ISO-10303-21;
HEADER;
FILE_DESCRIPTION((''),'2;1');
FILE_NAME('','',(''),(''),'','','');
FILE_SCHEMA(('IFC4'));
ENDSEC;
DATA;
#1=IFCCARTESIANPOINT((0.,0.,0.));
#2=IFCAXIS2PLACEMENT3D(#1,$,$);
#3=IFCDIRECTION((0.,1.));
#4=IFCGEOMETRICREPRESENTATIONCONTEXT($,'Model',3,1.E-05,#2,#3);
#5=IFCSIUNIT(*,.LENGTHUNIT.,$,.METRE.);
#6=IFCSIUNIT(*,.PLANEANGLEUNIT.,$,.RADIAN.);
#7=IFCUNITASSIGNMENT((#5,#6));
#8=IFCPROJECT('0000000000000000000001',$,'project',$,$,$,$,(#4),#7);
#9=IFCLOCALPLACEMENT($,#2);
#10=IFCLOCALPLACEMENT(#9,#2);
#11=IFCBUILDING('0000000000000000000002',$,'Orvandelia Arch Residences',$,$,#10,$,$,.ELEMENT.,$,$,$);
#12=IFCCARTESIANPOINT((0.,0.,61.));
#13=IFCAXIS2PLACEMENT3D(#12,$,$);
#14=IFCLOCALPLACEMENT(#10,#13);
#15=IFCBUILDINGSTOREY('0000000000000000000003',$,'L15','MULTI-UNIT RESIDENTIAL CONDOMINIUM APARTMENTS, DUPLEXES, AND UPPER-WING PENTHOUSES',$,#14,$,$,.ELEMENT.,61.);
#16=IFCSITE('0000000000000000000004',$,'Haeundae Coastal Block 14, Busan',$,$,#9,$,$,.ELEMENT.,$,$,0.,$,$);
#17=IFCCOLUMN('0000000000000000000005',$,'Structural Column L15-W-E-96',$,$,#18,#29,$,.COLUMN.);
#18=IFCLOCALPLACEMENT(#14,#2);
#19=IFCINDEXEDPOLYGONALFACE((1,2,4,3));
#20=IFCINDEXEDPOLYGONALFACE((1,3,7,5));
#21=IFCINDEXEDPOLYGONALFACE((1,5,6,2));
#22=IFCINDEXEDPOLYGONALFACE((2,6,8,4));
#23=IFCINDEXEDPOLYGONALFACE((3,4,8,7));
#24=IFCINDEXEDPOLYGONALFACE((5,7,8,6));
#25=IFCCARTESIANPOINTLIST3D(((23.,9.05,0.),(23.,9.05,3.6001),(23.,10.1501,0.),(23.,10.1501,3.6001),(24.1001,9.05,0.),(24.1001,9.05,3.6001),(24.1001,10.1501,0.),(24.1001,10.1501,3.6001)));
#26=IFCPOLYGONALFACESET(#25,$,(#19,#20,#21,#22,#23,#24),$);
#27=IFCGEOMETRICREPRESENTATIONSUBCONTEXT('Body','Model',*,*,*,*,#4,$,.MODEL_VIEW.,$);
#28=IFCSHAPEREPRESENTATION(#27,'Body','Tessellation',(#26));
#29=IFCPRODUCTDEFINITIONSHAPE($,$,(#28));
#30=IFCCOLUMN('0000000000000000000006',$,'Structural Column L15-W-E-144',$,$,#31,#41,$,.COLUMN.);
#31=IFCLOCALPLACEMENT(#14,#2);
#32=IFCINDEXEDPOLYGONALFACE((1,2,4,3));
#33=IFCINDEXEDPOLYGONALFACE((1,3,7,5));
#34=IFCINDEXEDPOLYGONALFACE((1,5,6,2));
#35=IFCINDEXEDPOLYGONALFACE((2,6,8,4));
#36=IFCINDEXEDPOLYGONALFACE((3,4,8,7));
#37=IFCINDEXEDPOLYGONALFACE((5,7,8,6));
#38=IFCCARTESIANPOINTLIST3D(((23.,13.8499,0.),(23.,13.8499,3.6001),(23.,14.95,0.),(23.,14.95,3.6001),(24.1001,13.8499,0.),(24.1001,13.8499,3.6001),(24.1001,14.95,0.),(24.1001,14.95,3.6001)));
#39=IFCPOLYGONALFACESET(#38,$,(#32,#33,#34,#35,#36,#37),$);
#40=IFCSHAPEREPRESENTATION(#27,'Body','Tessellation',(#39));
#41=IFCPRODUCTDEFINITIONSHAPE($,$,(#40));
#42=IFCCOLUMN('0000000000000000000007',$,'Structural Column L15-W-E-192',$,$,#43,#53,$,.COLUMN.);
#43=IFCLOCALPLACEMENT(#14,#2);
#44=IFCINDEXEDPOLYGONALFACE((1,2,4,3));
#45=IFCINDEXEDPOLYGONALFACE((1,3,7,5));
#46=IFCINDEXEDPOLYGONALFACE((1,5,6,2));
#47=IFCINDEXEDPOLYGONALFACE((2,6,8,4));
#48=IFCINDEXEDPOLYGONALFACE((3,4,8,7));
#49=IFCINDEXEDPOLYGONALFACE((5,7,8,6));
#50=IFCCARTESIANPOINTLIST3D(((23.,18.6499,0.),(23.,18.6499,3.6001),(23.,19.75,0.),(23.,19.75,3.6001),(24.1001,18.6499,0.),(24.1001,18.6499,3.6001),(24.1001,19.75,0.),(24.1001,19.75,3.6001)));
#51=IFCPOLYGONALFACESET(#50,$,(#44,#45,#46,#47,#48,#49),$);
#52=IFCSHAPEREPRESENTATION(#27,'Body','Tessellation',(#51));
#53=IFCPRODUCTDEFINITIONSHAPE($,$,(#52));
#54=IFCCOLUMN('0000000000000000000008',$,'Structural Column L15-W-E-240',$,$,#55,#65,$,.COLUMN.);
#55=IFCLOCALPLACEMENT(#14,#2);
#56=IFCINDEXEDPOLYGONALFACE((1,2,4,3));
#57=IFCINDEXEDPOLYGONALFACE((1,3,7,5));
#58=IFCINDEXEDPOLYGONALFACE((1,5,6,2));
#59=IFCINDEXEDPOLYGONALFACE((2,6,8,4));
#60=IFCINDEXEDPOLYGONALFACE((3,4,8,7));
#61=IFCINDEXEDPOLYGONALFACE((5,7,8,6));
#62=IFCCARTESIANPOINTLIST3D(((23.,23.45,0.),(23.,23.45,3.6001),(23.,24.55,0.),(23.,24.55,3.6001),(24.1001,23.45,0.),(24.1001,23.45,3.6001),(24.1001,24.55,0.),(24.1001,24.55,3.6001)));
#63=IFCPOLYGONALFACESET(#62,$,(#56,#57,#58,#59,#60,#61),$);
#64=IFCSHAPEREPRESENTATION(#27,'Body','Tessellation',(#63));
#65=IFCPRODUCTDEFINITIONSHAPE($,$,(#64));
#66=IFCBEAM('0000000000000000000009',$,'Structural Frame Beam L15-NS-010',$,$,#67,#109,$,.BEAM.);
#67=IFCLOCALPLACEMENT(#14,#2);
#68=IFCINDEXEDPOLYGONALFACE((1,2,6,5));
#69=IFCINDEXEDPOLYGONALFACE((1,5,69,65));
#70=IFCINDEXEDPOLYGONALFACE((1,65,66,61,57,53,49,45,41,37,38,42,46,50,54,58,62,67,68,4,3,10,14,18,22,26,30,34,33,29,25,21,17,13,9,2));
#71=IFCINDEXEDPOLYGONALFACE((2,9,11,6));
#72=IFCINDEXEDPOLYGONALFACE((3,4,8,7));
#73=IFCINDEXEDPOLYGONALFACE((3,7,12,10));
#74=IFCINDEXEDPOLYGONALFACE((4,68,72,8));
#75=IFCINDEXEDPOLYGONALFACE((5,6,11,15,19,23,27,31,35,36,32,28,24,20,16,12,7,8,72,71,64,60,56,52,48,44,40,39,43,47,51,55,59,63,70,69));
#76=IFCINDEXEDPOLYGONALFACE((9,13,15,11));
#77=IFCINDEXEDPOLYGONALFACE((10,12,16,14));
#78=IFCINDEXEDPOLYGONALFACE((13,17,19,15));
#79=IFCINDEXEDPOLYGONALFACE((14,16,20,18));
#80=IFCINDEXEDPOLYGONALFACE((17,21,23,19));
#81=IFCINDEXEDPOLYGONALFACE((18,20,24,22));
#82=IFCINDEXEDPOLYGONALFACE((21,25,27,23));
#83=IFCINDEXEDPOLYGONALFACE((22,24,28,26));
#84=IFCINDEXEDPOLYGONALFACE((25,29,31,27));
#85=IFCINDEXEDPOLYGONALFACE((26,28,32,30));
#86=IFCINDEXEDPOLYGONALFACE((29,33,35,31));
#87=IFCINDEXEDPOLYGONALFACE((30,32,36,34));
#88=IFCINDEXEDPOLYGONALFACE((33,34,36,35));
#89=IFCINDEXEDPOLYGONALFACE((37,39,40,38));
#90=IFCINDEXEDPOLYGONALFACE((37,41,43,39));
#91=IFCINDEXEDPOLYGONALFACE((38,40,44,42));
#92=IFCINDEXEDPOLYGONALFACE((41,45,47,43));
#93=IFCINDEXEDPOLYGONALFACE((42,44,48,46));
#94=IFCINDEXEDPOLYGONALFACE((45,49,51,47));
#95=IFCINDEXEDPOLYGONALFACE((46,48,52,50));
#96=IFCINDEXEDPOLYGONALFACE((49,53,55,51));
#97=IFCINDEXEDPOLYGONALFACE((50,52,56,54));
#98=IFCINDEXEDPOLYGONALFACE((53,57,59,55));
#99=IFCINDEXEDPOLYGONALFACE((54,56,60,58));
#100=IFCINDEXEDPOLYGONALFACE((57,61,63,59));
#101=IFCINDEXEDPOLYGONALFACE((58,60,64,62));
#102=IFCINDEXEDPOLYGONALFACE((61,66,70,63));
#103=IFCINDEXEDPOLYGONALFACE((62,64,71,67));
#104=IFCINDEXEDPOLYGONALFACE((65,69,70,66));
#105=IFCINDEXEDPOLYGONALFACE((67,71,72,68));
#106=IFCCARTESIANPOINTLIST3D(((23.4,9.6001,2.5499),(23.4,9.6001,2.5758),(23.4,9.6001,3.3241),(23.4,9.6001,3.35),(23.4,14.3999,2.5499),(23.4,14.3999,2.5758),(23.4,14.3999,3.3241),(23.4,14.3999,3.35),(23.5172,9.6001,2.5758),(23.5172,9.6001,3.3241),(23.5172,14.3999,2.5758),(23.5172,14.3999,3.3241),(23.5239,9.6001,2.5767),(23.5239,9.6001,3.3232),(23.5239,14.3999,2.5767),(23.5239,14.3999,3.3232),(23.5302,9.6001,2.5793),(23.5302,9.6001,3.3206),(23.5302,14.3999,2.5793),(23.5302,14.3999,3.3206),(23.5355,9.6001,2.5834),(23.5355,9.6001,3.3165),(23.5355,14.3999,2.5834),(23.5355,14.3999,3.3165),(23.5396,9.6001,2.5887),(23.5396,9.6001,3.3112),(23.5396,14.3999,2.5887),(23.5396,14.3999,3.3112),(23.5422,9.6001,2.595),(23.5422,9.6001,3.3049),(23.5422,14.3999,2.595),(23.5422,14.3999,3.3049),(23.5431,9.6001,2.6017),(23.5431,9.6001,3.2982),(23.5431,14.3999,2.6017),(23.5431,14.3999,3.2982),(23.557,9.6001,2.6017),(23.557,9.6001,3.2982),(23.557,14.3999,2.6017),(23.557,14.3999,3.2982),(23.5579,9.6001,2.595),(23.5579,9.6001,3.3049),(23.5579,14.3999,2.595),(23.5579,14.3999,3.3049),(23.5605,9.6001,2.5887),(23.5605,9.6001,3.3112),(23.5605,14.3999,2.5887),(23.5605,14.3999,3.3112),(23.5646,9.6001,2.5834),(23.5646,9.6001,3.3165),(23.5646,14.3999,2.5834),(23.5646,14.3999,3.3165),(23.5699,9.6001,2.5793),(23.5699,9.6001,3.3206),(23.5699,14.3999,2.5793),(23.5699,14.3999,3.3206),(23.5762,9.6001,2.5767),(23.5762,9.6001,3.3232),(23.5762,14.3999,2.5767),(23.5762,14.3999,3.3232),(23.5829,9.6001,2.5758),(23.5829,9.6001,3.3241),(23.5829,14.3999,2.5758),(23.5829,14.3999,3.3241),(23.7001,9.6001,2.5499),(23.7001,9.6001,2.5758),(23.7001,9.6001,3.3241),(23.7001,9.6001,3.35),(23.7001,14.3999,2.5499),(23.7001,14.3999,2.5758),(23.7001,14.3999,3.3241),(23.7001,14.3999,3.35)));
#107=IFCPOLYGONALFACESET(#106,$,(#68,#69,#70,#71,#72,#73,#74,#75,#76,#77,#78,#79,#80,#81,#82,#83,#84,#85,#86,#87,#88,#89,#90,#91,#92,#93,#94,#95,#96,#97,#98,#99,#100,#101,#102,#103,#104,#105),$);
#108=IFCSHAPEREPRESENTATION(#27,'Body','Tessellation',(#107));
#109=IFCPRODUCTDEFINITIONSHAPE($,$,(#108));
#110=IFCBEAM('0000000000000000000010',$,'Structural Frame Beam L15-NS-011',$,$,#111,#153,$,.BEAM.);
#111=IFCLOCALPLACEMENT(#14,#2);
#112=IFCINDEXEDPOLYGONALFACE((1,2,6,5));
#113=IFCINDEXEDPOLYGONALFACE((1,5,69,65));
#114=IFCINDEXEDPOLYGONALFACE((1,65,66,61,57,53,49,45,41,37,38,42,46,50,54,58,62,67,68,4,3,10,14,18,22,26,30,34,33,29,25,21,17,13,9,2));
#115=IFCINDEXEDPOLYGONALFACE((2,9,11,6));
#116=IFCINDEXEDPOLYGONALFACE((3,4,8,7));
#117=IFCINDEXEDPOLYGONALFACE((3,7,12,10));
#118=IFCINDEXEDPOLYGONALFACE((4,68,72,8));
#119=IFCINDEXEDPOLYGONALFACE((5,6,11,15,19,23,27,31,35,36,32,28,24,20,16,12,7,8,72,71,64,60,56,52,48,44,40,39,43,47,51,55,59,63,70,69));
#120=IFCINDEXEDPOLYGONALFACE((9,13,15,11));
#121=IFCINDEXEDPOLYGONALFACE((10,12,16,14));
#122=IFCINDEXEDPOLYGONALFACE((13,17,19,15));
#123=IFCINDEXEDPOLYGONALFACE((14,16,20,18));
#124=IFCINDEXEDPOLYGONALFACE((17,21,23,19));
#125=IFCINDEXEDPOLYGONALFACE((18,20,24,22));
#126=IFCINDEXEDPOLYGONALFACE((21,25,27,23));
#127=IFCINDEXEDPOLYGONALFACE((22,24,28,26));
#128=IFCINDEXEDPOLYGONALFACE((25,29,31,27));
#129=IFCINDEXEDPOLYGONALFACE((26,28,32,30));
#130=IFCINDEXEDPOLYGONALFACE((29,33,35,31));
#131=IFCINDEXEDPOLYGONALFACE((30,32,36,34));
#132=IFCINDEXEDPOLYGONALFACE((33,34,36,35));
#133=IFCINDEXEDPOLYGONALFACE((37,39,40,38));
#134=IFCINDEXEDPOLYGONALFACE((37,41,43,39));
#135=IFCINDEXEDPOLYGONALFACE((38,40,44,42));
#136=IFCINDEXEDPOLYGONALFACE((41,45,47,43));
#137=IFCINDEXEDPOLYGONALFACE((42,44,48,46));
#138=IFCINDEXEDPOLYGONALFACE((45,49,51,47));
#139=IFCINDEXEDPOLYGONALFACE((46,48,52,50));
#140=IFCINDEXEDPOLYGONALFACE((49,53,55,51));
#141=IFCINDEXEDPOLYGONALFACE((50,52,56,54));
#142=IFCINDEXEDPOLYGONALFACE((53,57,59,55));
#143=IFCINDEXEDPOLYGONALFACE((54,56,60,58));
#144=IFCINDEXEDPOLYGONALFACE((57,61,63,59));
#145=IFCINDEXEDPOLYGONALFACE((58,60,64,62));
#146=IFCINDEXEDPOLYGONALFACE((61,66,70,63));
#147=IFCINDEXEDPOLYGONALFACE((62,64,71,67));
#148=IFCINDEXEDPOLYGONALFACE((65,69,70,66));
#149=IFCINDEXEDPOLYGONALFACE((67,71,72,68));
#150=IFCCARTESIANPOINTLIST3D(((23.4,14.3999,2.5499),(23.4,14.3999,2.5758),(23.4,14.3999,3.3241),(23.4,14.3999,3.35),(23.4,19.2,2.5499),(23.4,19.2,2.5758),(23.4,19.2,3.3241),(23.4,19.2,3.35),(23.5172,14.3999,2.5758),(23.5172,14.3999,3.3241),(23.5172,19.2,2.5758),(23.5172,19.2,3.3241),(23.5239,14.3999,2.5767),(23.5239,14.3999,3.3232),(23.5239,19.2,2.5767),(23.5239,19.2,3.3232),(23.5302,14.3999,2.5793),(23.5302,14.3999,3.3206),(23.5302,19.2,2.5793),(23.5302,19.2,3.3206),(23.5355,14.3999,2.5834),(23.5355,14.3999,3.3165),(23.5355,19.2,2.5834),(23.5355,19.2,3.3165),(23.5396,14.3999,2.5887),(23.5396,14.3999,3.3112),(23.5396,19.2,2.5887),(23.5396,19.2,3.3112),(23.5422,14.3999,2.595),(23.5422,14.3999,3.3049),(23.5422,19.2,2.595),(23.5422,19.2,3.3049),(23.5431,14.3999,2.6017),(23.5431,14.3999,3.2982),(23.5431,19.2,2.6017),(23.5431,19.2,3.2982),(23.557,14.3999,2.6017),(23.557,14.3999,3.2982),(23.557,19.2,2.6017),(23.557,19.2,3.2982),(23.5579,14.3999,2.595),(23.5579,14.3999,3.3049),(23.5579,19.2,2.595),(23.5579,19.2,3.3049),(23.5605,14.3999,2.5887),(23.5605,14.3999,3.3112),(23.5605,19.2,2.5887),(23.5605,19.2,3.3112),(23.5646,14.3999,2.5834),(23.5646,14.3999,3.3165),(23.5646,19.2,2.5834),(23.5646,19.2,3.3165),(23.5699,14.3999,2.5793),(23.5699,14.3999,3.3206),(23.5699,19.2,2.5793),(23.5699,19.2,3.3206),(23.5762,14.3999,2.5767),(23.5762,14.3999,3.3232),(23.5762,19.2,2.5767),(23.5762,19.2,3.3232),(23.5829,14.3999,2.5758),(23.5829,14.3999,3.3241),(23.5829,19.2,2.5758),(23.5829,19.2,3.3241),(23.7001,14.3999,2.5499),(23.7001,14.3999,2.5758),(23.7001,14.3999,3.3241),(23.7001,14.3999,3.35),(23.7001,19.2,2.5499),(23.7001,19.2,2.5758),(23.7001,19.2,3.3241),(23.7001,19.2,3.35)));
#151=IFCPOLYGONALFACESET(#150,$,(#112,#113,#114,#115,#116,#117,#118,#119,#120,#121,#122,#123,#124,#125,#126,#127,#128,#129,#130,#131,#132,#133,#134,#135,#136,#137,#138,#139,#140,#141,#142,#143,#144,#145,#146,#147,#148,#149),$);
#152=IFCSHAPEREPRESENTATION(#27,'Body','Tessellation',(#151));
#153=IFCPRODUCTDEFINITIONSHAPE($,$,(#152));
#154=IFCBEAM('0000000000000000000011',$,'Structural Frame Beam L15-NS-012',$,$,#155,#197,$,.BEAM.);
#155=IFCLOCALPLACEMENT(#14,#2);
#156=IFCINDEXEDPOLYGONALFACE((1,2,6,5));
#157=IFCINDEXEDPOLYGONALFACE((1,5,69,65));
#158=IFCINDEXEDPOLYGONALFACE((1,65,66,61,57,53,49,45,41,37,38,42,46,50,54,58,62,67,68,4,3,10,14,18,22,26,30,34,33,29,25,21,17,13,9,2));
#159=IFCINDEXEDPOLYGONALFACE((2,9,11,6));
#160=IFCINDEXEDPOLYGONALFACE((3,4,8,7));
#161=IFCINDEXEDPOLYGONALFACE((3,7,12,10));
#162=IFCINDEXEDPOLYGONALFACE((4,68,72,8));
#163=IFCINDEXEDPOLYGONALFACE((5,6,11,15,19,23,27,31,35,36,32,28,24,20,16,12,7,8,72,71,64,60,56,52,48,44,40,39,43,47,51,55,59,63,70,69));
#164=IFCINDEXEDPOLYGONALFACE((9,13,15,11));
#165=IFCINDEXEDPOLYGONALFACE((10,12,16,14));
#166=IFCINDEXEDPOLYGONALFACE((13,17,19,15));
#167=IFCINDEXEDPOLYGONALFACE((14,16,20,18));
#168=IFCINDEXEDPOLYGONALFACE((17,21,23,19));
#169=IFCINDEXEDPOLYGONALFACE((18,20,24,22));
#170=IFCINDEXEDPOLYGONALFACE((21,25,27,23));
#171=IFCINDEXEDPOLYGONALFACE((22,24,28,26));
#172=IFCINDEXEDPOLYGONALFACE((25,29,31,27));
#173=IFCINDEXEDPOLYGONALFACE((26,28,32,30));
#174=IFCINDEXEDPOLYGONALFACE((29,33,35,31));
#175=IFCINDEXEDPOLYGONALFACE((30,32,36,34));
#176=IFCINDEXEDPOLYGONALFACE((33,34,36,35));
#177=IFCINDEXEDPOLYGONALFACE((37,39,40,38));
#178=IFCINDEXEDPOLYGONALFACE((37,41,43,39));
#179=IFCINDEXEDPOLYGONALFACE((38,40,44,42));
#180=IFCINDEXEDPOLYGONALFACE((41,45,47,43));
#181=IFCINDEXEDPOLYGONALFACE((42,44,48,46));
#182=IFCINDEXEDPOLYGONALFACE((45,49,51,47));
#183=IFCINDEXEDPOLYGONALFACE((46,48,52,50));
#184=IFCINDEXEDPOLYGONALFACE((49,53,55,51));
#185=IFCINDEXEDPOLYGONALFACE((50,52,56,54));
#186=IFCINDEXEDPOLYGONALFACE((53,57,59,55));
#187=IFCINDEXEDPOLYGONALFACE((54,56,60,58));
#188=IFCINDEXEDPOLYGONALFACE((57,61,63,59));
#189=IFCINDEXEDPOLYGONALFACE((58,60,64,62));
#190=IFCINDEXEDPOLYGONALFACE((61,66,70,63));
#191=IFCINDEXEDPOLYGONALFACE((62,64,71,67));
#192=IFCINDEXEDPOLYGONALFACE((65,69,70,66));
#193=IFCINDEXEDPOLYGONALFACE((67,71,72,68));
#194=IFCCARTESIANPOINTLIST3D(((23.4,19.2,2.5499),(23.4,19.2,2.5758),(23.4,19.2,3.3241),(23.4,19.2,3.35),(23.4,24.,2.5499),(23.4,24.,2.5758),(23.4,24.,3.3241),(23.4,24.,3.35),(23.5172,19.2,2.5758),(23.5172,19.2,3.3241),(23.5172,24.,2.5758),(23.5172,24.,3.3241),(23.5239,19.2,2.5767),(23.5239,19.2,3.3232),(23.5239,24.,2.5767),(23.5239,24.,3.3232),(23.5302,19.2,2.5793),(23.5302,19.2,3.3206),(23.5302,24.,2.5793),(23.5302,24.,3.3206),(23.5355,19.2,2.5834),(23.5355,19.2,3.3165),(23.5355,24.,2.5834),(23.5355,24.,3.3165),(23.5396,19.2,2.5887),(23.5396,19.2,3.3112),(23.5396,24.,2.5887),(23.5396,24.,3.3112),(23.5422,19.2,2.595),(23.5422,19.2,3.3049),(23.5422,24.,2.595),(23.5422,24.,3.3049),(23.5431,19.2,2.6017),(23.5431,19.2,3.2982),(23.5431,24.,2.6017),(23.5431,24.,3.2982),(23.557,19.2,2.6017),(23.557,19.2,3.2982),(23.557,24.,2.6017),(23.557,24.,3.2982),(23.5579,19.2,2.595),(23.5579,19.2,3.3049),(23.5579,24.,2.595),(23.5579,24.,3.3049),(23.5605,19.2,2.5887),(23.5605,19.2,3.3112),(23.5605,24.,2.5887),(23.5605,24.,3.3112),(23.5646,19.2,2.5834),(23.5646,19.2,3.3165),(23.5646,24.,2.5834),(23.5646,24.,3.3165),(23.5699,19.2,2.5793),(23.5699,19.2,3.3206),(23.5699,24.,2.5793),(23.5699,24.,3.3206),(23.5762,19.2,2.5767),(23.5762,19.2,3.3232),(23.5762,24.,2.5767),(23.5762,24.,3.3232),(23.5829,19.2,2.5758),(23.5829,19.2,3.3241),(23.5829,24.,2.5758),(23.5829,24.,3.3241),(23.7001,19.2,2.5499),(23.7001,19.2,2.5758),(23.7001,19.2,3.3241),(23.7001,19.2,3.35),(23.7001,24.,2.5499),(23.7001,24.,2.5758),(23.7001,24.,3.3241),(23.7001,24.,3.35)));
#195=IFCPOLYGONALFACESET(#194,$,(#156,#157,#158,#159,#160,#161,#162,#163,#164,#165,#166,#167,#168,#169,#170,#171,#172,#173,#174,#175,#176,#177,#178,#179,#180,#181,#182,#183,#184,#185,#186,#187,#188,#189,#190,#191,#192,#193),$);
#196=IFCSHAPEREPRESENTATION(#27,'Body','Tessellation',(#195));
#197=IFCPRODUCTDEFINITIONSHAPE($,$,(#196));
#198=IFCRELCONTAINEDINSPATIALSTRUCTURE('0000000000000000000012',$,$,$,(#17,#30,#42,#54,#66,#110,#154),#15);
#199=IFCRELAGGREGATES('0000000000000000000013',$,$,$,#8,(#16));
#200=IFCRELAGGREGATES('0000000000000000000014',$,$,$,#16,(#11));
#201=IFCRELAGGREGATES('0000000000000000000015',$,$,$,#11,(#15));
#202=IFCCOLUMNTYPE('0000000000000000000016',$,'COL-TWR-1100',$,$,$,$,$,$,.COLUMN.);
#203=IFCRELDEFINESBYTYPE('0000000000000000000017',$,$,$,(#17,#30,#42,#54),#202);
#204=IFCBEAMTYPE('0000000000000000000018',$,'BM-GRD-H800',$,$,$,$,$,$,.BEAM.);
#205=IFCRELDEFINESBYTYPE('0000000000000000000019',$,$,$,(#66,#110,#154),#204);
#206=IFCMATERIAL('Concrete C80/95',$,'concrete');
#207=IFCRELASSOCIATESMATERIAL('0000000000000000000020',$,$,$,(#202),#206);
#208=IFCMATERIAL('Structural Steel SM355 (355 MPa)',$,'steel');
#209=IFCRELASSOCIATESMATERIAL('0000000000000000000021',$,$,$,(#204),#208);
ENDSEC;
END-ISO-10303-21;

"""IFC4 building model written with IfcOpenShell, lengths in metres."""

from ifc_helpers import new_model, si_unit, direction, frame, origin, origin_2d, place, context, subcontext, project, spatial, rectangle, i_section, extrude, material, material_profile, profile_set, type_object, element, save


model = new_model("IFC4")

# Units and contexts
model_context = context("Model", 3, precision=1e-05, world=origin(), true_north=direction((0.0, 1.0)))
body_context = subcontext(model_context, "Body", "Model", "MODEL_VIEW")
ifc_project = project(units=[si_unit("LENGTHUNIT", "METRE"), si_unit("PLANEANGLEUNIT", "RADIAN")], contexts=[model_context])

# Site, building, storey
site_placement = place(None, origin())
site = spatial("IfcSite", under=ifc_project, at=site_placement, Name="Haeundae Coastal Block 14, Busan", CompositionType="ELEMENT", RefElevation=0.0)
building_placement = place(site_placement, origin())
building = spatial("IfcBuilding", under=site, at=building_placement, Name="Orvandelia Arch Residences", CompositionType="ELEMENT")
storey_placement = place(building_placement, frame((0.0, 0.0, 61.0)))
storey = spatial("IfcBuildingStorey", under=building, at=storey_placement, Name="L15", Description="MULTI-UNIT RESIDENTIAL CONDOMINIUM APARTMENTS, DUPLEXES, AND UPPER-WING PENTHOUSES", CompositionType="ELEMENT", Elevation=61.0)

# Columns
ifc_material_1 = material(Name="Concrete C80/95", Category="concrete")
ifc_material_profile_1 = material_profile(ifc_material_1, rectangle(XDim=1.1001, YDim=1.1001, at=origin_2d()), Name="Concrete C80/95", Category="concrete")
ifc_profile_set_1 = profile_set([ifc_material_profile_1], Name="Concrete C80/95")
column_type = type_object("IfcColumnType", Name="COL-TWR-1100", PredefinedType="COLUMN", material=ifc_profile_set_1)
for number, where, z_axis, x_axis, name in (
    (1, (23.55, 9.6001, 0.0), (0.0, 0.0, 1.0), (1.0, 0.0, 0.0), "Structural Column L15-W-E-96"),
    (2, (23.55, 14.3999, 0.0), (0.0, 0.0, 1.0), (1.0, 0.0, 0.0), "Structural Column L15-W-E-144"),
    (3, (23.55, 19.2, 0.0), (0.0, 0.0, 1.0), (1.0, 0.0, 0.0), "Structural Column L15-W-E-192"),
    (4, (23.55, 24.0, 0.0), (0.0, 0.0, 1.0), (1.0, 0.0, 0.0), "Structural Column L15-W-E-240"),
):
    element("IfcColumn", number, at=place(storey_placement, frame(where, z_axis=z_axis, x_axis=x_axis)), inside=storey, type_object=column_type, Name=name, PredefinedType="COLUMN", context=body_context, shape_type="SweptSolid", body=[
        extrude(rectangle(XDim=1.1001, YDim=1.1001, at=origin_2d()), origin(), (0.0, 0.0, 1.0), 3.6001),
    ])

# Beams
ifc_material_2 = material(Name="Structural Steel SM355 (355 MPa)", Category="steel")
ifc_material_profile_2 = material_profile(ifc_material_2, i_section(OverallWidth=0.3, OverallDepth=0.8, WebThickness=0.0139, FlangeThickness=0.0259, FilletRadius=0.0259, at=origin_2d()), Name="Structural Steel SM355 (355 MPa)", Category="steel")
ifc_profile_set_2 = profile_set([ifc_material_profile_2], Name="Structural Steel SM355 (355 MPa)")
beam_type = type_object("IfcBeamType", Name="BM-GRD-H800", PredefinedType="BEAM", material=ifc_profile_set_2)
beam_1_placement = place(storey_placement, frame((23.55, 9.6001, 2.95), z_axis=(0.0, 1.0, 0.0), x_axis=(-1.0, 0.0, 0.0)))
element("IfcBeam", 5, at=beam_1_placement, inside=storey, type_object=beam_type, Name="Structural Frame Beam L15-NS-010", PredefinedType="BEAM", context=body_context, shape_type="SweptSolid", body=[
    extrude(i_section(OverallWidth=0.3, OverallDepth=0.8, WebThickness=0.0139, FlangeThickness=0.0259, FilletRadius=0.0259, at=origin_2d()), origin(), (0.0, 0.0, 1.0), 4.7998),
])
for number, where, z_axis, x_axis, name in (
    (6, (23.55, 14.3999, 2.95), (0.0, 1.0, 0.0), (-1.0, 0.0, 0.0), "Structural Frame Beam L15-NS-011"),
    (7, (23.55, 19.2, 2.95), (0.0, 1.0, 0.0), (-1.0, 0.0, 0.0), "Structural Frame Beam L15-NS-012"),
):
    element("IfcBeam", number, at=place(storey_placement, frame(where, z_axis=z_axis, x_axis=x_axis)), inside=storey, type_object=beam_type, Name=name, PredefinedType="BEAM", context=body_context, shape_type="SweptSolid", body=[
        extrude(i_section(OverallWidth=0.3, OverallDepth=0.8, WebThickness=0.0139, FlangeThickness=0.0259, FilletRadius=0.0259, at=origin_2d()), origin(), (0.0, 0.0, 1.0), 4.8),
    ])

save(model, "model.ifc")
